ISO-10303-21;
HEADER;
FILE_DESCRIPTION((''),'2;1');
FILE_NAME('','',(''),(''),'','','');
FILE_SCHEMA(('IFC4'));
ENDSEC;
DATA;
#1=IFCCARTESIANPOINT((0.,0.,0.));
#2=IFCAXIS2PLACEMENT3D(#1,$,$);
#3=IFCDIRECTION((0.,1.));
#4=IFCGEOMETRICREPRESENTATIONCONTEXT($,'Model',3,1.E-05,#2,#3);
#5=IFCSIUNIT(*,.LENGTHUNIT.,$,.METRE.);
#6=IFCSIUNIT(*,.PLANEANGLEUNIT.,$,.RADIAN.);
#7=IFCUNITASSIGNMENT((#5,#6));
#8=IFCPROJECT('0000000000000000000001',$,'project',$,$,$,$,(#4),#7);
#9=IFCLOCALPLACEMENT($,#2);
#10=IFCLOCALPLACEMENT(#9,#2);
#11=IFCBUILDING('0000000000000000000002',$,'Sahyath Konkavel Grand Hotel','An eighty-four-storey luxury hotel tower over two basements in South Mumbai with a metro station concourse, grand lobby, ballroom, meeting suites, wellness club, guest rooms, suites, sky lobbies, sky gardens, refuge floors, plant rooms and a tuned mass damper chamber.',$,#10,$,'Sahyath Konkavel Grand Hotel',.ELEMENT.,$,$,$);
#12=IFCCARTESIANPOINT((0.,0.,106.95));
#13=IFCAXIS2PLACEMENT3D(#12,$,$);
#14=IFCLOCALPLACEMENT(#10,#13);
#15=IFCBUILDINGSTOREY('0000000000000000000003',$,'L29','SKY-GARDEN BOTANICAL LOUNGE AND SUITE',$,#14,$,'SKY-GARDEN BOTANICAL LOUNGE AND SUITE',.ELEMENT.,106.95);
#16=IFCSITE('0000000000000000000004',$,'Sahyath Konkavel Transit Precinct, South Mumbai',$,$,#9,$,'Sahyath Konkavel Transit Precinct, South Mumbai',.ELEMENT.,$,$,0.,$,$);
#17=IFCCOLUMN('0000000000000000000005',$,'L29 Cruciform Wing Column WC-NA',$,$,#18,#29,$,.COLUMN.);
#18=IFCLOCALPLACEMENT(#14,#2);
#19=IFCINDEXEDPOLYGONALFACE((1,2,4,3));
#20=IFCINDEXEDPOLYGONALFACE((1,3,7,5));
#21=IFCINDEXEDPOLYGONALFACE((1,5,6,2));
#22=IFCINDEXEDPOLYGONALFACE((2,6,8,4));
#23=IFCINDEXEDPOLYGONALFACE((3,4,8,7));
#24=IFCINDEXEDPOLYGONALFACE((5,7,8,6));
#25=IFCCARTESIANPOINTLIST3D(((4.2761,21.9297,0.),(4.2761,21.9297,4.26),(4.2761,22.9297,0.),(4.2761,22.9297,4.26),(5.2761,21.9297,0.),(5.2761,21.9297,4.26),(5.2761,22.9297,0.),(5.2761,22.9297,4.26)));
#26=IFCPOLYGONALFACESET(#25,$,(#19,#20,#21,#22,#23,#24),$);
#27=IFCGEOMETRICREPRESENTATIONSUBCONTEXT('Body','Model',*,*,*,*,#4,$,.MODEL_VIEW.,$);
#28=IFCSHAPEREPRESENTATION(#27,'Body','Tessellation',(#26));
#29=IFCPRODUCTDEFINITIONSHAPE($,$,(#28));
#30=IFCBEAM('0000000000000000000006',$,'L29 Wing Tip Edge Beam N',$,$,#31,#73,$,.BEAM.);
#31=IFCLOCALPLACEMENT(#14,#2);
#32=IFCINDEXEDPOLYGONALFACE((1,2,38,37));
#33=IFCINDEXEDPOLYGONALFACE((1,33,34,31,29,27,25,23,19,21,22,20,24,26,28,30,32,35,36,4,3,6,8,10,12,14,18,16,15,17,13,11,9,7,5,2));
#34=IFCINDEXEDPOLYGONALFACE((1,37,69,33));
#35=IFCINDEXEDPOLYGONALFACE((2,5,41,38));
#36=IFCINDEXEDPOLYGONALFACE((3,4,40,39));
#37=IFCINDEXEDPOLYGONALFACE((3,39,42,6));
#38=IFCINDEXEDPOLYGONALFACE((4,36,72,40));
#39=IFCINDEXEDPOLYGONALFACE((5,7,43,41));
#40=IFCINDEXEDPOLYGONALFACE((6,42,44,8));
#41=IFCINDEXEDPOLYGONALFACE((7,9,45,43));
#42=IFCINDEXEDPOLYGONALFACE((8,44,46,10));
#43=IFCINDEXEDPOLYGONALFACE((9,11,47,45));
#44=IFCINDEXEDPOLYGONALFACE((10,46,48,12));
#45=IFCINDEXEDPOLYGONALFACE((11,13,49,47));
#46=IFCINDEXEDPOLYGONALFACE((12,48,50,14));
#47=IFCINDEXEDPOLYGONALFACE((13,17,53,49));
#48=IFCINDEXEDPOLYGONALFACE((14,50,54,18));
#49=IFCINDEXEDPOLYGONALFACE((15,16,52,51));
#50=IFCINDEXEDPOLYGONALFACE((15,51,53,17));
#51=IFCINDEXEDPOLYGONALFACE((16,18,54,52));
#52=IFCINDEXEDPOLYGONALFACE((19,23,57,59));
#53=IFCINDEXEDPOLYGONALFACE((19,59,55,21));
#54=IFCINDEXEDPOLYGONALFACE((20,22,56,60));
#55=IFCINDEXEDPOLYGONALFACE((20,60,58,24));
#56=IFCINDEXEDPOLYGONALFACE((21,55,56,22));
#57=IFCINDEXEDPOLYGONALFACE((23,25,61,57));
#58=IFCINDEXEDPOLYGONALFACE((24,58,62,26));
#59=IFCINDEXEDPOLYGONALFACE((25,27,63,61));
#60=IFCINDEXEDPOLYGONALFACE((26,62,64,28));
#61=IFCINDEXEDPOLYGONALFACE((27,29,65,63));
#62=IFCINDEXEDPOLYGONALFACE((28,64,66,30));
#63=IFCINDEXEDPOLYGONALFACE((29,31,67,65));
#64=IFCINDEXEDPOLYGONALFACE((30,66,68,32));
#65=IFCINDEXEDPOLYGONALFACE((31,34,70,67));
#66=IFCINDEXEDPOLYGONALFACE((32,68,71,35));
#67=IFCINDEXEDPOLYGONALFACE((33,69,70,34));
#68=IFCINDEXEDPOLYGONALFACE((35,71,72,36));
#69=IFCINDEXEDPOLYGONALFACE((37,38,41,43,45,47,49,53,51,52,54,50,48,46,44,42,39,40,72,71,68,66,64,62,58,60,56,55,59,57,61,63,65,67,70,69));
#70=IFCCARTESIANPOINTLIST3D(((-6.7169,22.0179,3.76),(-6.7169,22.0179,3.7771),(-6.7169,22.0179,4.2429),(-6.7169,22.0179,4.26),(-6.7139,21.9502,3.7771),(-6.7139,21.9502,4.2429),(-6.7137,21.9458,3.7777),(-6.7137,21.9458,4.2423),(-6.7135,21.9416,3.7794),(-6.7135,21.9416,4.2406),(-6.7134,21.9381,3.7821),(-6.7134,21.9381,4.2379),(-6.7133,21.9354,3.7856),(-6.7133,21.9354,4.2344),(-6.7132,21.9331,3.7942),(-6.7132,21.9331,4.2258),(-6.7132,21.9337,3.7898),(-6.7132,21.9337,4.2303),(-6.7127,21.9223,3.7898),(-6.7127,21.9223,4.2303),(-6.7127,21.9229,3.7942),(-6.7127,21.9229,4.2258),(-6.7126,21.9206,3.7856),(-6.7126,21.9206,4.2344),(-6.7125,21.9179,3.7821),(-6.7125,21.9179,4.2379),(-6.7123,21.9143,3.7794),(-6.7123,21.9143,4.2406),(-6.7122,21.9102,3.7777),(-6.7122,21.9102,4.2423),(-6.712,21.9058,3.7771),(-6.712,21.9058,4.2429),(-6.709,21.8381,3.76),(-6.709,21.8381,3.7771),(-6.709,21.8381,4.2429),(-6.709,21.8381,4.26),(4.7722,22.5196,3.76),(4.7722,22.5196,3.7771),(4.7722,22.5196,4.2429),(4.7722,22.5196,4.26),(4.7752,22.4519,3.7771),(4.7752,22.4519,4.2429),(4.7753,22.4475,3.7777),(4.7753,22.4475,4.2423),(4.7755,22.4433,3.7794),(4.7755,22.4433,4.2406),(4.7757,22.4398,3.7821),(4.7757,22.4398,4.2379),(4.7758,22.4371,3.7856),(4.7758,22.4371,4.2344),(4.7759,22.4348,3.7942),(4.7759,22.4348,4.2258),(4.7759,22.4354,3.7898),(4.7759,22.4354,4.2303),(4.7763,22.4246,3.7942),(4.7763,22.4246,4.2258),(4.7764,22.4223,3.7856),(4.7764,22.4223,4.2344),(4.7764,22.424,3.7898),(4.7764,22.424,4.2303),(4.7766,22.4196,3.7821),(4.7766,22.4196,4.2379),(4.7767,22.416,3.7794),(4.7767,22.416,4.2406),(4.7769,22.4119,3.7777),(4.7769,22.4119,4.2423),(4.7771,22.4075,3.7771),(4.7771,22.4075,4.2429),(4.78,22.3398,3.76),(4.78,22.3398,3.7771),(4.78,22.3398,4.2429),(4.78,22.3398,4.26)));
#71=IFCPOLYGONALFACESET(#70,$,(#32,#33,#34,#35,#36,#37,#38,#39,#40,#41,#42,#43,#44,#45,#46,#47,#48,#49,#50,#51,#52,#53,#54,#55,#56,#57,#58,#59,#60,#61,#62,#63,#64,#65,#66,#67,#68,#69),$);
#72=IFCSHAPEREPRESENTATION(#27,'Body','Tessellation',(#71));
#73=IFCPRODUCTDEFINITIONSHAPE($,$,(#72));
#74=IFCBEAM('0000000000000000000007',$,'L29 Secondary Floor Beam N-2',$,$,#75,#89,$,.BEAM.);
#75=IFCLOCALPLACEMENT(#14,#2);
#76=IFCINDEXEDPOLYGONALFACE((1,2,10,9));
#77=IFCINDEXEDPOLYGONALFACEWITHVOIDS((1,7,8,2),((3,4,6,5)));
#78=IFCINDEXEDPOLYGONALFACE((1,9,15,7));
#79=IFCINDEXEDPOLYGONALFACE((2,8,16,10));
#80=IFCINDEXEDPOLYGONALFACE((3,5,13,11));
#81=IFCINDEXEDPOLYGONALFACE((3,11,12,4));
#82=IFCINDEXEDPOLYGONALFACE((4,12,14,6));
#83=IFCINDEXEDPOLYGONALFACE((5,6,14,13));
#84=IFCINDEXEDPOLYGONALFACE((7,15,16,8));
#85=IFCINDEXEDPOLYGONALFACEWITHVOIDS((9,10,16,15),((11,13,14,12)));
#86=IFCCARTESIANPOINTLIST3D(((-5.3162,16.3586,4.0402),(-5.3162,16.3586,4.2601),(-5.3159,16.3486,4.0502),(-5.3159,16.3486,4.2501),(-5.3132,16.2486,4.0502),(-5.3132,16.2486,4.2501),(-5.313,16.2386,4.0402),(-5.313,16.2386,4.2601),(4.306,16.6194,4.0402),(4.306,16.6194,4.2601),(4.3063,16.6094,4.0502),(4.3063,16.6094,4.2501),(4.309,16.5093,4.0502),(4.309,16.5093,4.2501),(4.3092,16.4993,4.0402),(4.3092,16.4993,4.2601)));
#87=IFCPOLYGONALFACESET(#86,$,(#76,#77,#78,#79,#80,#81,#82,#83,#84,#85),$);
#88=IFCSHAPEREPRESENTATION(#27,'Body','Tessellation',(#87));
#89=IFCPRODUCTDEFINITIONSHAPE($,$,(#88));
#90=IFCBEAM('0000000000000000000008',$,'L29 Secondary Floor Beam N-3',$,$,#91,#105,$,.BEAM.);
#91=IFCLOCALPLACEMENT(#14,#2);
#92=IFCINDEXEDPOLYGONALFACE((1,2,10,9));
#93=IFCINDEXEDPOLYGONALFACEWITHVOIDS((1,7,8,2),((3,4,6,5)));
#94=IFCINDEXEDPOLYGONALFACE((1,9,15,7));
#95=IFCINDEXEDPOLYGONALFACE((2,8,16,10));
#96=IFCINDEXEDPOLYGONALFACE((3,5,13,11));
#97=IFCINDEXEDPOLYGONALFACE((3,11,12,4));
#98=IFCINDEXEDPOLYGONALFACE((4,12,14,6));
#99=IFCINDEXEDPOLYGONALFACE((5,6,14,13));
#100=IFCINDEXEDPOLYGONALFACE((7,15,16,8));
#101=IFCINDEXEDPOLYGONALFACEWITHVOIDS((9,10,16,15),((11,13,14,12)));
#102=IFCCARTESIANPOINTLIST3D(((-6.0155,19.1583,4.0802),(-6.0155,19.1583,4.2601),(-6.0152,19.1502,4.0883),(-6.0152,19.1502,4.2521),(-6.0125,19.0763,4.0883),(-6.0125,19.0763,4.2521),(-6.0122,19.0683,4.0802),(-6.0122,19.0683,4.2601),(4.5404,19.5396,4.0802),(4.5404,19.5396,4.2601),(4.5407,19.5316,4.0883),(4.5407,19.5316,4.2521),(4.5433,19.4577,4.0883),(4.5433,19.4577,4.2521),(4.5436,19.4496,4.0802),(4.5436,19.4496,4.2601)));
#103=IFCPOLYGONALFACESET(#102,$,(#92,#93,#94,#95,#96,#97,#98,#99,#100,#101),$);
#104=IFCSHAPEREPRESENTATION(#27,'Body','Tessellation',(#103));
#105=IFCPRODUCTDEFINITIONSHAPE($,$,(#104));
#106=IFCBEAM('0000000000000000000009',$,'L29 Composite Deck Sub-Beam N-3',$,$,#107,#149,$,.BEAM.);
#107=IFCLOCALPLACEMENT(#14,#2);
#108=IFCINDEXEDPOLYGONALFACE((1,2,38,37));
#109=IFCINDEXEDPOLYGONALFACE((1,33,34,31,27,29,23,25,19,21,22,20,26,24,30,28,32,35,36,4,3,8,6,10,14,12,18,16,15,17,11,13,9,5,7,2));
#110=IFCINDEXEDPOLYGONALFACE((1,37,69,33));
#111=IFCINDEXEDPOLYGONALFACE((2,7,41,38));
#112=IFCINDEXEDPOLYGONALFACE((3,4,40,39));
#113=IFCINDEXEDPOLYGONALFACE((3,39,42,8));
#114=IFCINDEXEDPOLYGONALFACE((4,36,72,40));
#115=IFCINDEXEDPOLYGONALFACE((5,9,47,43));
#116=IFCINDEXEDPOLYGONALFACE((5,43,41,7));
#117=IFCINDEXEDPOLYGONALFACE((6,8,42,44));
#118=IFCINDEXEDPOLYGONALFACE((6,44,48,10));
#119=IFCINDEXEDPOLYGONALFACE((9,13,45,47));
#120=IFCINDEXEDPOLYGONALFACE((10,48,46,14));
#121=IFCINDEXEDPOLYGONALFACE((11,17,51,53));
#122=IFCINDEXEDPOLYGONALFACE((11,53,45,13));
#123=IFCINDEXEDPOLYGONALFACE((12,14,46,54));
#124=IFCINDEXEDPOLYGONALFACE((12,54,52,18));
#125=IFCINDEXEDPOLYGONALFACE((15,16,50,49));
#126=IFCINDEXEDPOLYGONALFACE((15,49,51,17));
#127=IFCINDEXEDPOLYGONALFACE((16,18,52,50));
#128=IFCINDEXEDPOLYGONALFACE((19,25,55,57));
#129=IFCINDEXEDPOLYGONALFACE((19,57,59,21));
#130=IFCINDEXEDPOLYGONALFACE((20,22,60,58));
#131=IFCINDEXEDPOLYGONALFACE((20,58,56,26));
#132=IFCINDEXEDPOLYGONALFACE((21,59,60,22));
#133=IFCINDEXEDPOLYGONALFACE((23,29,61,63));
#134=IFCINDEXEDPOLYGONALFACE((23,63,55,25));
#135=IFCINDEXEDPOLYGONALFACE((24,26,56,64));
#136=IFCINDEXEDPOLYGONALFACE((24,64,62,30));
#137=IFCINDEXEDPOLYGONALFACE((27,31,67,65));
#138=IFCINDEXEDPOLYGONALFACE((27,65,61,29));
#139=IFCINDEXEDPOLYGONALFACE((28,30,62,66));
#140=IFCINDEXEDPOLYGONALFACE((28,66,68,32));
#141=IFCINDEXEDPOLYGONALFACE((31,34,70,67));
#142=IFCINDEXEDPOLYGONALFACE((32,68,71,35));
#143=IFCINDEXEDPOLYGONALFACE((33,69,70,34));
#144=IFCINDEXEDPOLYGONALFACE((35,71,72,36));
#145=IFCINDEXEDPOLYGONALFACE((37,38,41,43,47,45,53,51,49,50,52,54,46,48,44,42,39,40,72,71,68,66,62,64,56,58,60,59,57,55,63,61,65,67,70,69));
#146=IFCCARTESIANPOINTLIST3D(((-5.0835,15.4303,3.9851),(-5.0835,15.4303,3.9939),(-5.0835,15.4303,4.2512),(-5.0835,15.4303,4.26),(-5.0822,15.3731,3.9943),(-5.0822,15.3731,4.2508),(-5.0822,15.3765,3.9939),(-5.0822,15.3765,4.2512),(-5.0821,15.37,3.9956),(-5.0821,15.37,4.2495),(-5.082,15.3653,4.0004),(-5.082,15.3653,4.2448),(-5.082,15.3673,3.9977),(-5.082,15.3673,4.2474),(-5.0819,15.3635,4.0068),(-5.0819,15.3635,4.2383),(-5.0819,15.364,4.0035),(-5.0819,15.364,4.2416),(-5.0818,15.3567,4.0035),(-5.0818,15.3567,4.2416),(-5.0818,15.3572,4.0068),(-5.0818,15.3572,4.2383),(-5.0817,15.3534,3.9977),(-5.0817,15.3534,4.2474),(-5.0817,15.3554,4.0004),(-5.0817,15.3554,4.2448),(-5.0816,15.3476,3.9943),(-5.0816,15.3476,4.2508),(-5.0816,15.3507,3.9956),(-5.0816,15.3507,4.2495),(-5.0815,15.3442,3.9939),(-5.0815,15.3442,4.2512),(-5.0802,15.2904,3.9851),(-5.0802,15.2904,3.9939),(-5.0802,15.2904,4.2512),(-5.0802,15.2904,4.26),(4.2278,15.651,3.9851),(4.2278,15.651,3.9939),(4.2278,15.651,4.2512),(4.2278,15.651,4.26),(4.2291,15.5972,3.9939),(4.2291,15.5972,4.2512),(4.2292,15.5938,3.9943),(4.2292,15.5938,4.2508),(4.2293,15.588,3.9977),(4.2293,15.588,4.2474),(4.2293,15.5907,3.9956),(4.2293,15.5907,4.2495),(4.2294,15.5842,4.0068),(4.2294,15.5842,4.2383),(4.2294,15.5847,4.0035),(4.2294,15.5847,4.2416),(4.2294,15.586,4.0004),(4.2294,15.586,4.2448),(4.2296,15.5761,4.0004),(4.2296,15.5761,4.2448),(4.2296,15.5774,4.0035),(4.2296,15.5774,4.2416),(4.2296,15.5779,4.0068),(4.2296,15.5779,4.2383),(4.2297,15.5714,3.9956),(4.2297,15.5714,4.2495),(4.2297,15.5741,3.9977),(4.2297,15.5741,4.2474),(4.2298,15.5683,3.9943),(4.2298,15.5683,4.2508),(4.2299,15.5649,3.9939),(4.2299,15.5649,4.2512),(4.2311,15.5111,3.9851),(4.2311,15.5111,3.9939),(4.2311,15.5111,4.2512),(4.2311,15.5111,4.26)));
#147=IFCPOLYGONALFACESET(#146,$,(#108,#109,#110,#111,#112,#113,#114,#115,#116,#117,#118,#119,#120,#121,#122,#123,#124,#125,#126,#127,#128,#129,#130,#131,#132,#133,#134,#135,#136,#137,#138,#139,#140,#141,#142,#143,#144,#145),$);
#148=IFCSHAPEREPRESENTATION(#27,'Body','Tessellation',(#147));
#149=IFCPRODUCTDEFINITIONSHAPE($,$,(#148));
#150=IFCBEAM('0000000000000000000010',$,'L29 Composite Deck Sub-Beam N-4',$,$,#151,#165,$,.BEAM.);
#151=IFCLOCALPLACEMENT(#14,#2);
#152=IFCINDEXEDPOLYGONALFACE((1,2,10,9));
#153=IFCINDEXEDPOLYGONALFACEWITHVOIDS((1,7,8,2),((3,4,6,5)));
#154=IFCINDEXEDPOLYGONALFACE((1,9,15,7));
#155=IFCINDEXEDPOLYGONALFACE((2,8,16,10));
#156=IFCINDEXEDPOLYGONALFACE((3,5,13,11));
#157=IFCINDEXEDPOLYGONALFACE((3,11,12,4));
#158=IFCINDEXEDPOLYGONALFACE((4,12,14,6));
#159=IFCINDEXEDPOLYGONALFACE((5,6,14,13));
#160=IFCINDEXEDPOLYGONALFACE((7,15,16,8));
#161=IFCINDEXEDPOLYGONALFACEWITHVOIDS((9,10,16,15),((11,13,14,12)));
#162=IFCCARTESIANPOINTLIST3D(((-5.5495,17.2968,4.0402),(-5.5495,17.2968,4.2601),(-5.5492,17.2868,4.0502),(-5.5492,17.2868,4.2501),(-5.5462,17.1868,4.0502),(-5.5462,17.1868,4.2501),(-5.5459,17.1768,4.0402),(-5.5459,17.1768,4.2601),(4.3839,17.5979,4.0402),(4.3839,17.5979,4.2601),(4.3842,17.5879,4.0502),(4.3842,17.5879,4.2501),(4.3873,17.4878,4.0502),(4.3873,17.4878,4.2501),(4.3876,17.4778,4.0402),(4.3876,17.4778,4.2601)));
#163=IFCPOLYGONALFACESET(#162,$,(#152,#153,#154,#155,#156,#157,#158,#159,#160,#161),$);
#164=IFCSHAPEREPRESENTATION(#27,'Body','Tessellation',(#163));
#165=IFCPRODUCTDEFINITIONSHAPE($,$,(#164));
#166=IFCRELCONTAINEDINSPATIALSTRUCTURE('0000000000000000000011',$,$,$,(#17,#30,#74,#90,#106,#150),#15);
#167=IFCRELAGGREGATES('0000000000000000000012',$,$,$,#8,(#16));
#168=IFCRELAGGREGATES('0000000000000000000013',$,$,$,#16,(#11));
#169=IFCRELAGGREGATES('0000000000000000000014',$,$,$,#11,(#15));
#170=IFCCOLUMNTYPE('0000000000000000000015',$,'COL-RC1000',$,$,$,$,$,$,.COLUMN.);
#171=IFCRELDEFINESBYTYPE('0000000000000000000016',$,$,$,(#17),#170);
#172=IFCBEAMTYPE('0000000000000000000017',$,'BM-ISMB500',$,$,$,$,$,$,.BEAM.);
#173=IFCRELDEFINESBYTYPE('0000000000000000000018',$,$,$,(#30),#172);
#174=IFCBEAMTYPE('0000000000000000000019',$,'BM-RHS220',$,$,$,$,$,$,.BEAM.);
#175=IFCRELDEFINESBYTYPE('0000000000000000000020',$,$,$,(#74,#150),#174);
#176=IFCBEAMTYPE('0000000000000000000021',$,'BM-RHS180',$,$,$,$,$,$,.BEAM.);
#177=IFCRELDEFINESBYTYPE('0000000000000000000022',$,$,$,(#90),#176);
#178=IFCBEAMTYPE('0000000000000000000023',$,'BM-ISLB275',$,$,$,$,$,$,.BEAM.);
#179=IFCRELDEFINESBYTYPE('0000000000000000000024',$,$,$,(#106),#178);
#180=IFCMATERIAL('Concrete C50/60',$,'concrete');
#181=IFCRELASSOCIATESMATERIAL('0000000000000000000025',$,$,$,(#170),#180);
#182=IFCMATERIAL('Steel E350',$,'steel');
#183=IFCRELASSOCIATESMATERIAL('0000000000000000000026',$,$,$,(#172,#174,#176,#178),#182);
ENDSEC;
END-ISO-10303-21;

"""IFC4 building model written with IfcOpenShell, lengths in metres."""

from ifc_helpers import new_model, si_unit, direction, frame, origin, origin_2d, place, context, subcontext, project, spatial, rectangle, hollow_rectangle, i_section, extrude, source, transform, mapped, material, material_profile, profile_set, type_object, element, save


model = new_model("IFC4")

# Units and contexts
model_context = context("Model", 3, precision=1e-05, world=origin(), true_north=direction((0.0, 1.0)))
body_context = subcontext(model_context, "Body", "Model", "MODEL_VIEW")
ifc_project = project(units=[si_unit("LENGTHUNIT", "METRE"), si_unit("PLANEANGLEUNIT", "RADIAN")], contexts=[model_context])

# Site, building, storey
site_placement = place(None, origin())
site = spatial("IfcSite", under=ifc_project, at=site_placement, Name="Sahyath Konkavel Transit Precinct, South Mumbai", LongName="Sahyath Konkavel Transit Precinct, South Mumbai", CompositionType="ELEMENT", RefElevation=0.0)
building_placement = place(site_placement, origin())
building = spatial("IfcBuilding", under=site, at=building_placement, Name="Sahyath Konkavel Grand Hotel", Description="An eighty-four-storey luxury hotel tower over two basements in South Mumbai with a metro station concourse, grand lobby, ballroom, meeting suites, wellness club, guest rooms, suites, sky lobbies, sky gardens, refuge floors, plant rooms and a tuned mass damper chamber.", LongName="Sahyath Konkavel Grand Hotel", CompositionType="ELEMENT")
storey_placement = place(building_placement, frame((0.0, 0.0, 106.95)))
storey = spatial("IfcBuildingStorey", under=building, at=storey_placement, Name="L29", Description="SKY-GARDEN BOTANICAL LOUNGE AND SUITE", LongName="SKY-GARDEN BOTANICAL LOUNGE AND SUITE", CompositionType="ELEMENT", Elevation=106.95)

# Column
ifc_material_1 = material(Name="Concrete C50/60", Category="concrete")
ifc_material_profile_1 = material_profile(ifc_material_1, rectangle(XDim=1.0, YDim=1.0, at=origin_2d()), Name="RC 1000x1000")
ifc_profile_set_1 = profile_set([ifc_material_profile_1], Name="Concrete C50/60")
column_type = type_object("IfcColumnType", Name="COL-RC1000", PredefinedType="COLUMN", material=ifc_profile_set_1)
shared_shape_1 = source(origin(), body_context, "Body", "SweptSolid", [
    extrude(rectangle(XDim=1.0, YDim=1.0, at=origin_2d()), origin(), (0.0, 0.0, 1.0), 4.26),
])
column_placement = place(storey_placement, frame((4.7761, 22.4297, 0.0), z_axis=(0.0, 0.0, 1.0), x_axis=(1.0, 0.0, 0.0)))
element("IfcColumn", 1, at=column_placement, inside=storey, type_object=column_type, Name="L29 Cruciform Wing Column WC-NA", PredefinedType="COLUMN", context=body_context, shape_type="MappedRepresentation", body=[
    mapped(shared_shape_1, transform((0.0, 0.0, 0.0), scale=1.0)),
])

# Beams
ifc_material_2 = material(Name="Steel E350", Category="steel")
ifc_material_profile_2 = material_profile(ifc_material_2, i_section(OverallWidth=0.1799, OverallDepth=0.5, WebThickness=0.0103, FlangeThickness=0.0171, FilletRadius=0.0171, at=origin_2d()), Name="ISMB 500")
ifc_profile_set_2 = profile_set([ifc_material_profile_2], Name="Steel E350")
beam_type_1 = type_object("IfcBeamType", Name="BM-ISMB500", PredefinedType="BEAM", material=ifc_profile_set_2)
shared_shape_2 = source(origin(), body_context, "Body", "SweptSolid", [
    extrude(i_section(OverallWidth=0.1799, OverallDepth=0.5, WebThickness=0.0103, FlangeThickness=0.0171, FilletRadius=0.0171, at=origin_2d()), origin(), (0.0, 0.0, 1.0), 11.5),
])
beam_1_placement = place(storey_placement, frame((4.7761, 22.4297, 4.01), z_axis=(-0.999048, -0.043627, 0.0), x_axis=(0.043627, -0.999048, 0.0)))
element("IfcBeam", 2, at=beam_1_placement, inside=storey, type_object=beam_type_1, Name="L29 Wing Tip Edge Beam N", PredefinedType="BEAM", context=body_context, shape_type="MappedRepresentation", body=[
    mapped(shared_shape_2, transform((0.0, 0.0, 0.0), scale=1.0)),
])
ifc_material_profile_3 = material_profile(ifc_material_2, hollow_rectangle(XDim=0.1201, YDim=0.22, WallThickness=0.01, at=origin_2d()), Name="RHS 220x120x10")
ifc_profile_set_3 = profile_set([ifc_material_profile_3], Name="Steel E350")
beam_type_2 = type_object("IfcBeamType", Name="BM-RHS220", PredefinedType="BEAM", material=ifc_profile_set_3)
shared_shape_3 = source(origin(), body_context, "Body", "SweptSolid", [
    extrude(hollow_rectangle(XDim=0.1201, YDim=0.22, WallThickness=0.01, at=origin_2d()), origin(), (0.0, 0.0, 1.0), 9.6257),
])
beam_2_placement = place(storey_placement, frame((4.3076, 16.5593, 4.1501), z_axis=(-0.999633, -0.027088, 0.0), x_axis=(0.027088, -0.999633, 0.0)))
element("IfcBeam", 3, at=beam_2_placement, inside=storey, type_object=beam_type_2, Name="L29 Secondary Floor Beam N-2", PredefinedType="BEAM", context=body_context, shape_type="MappedRepresentation", body=[
    mapped(shared_shape_3, transform((0.0, 0.0, 0.0), scale=1.0)),
])
ifc_material_profile_4 = material_profile(ifc_material_2, hollow_rectangle(XDim=0.0901, YDim=0.1799, WallThickness=0.0081, at=origin_2d()), Name="RHS 180x90x8")
ifc_profile_set_4 = profile_set([ifc_material_profile_4], Name="Steel E350")
beam_type_3 = type_object("IfcBeamType", Name="BM-RHS180", PredefinedType="BEAM", material=ifc_profile_set_4)
shared_shape_4 = source(origin(), body_context, "Body", "SweptSolid", [
    extrude(hollow_rectangle(XDim=0.0901, YDim=0.1799, WallThickness=0.0081, at=origin_2d()), origin(), (0.0, 0.0, 1.0), 10.5627),
])
beam_3_placement = place(storey_placement, frame((4.542, 19.4946, 4.1702), z_axis=(-0.999348, -0.036103, 0.0), x_axis=(0.036103, -0.999348, 0.0)))
element("IfcBeam", 4, at=beam_3_placement, inside=storey, type_object=beam_type_3, Name="L29 Secondary Floor Beam N-3", PredefinedType="BEAM", context=body_context, shape_type="MappedRepresentation", body=[
    mapped(shared_shape_4, transform((0.0, 0.0, 0.0), scale=1.0)),
])
ifc_material_profile_5 = material_profile(ifc_material_2, i_section(OverallWidth=0.1399, OverallDepth=0.2749, WebThickness=0.0063, FlangeThickness=0.0088, FilletRadius=0.0129, at=origin_2d()), Name="ISLB 275")
ifc_profile_set_5 = profile_set([ifc_material_profile_5], Name="Steel E350")
beam_type_4 = type_object("IfcBeamType", Name="BM-ISLB275", PredefinedType="BEAM", material=ifc_profile_set_5)
shared_shape_5 = source(origin(), body_context, "Body", "SweptSolid", [
    extrude(i_section(OverallWidth=0.1399, OverallDepth=0.2749, WebThickness=0.0063, FlangeThickness=0.0088, FilletRadius=0.0129, at=origin_2d()), origin(), (0.0, 0.0, 1.0), 9.314),
])
beam_4_placement = place(storey_placement, frame((4.2295, 15.5811, 4.1226), z_axis=(-0.999719, -0.023696, 0.0), x_axis=(0.023696, -0.999719, 0.0)))
element("IfcBeam", 5, at=beam_4_placement, inside=storey, type_object=beam_type_4, Name="L29 Composite Deck Sub-Beam N-3", PredefinedType="BEAM", context=body_context, shape_type="MappedRepresentation", body=[
    mapped(shared_shape_5, transform((0.0, 0.0, 0.0), scale=1.0)),
])
shared_shape_6 = source(origin(), body_context, "Body", "SweptSolid", [
    extrude(hollow_rectangle(XDim=0.1201, YDim=0.22, WallThickness=0.01, at=origin_2d()), origin(), (0.0, 0.0, 1.0), 9.938),
])
beam_5_placement = place(storey_placement, frame((4.3857, 17.5378, 4.1501), z_axis=(-0.999541, -0.030291, 0.0), x_axis=(0.030291, -0.999541, 0.0)))
element("IfcBeam", 6, at=beam_5_placement, inside=storey, type_object=beam_type_2, Name="L29 Composite Deck Sub-Beam N-4", PredefinedType="BEAM", context=body_context, shape_type="MappedRepresentation", body=[
    mapped(shared_shape_6, transform((0.0, 0.0, 0.0), scale=1.0)),
])

save(model, "model.ifc")
